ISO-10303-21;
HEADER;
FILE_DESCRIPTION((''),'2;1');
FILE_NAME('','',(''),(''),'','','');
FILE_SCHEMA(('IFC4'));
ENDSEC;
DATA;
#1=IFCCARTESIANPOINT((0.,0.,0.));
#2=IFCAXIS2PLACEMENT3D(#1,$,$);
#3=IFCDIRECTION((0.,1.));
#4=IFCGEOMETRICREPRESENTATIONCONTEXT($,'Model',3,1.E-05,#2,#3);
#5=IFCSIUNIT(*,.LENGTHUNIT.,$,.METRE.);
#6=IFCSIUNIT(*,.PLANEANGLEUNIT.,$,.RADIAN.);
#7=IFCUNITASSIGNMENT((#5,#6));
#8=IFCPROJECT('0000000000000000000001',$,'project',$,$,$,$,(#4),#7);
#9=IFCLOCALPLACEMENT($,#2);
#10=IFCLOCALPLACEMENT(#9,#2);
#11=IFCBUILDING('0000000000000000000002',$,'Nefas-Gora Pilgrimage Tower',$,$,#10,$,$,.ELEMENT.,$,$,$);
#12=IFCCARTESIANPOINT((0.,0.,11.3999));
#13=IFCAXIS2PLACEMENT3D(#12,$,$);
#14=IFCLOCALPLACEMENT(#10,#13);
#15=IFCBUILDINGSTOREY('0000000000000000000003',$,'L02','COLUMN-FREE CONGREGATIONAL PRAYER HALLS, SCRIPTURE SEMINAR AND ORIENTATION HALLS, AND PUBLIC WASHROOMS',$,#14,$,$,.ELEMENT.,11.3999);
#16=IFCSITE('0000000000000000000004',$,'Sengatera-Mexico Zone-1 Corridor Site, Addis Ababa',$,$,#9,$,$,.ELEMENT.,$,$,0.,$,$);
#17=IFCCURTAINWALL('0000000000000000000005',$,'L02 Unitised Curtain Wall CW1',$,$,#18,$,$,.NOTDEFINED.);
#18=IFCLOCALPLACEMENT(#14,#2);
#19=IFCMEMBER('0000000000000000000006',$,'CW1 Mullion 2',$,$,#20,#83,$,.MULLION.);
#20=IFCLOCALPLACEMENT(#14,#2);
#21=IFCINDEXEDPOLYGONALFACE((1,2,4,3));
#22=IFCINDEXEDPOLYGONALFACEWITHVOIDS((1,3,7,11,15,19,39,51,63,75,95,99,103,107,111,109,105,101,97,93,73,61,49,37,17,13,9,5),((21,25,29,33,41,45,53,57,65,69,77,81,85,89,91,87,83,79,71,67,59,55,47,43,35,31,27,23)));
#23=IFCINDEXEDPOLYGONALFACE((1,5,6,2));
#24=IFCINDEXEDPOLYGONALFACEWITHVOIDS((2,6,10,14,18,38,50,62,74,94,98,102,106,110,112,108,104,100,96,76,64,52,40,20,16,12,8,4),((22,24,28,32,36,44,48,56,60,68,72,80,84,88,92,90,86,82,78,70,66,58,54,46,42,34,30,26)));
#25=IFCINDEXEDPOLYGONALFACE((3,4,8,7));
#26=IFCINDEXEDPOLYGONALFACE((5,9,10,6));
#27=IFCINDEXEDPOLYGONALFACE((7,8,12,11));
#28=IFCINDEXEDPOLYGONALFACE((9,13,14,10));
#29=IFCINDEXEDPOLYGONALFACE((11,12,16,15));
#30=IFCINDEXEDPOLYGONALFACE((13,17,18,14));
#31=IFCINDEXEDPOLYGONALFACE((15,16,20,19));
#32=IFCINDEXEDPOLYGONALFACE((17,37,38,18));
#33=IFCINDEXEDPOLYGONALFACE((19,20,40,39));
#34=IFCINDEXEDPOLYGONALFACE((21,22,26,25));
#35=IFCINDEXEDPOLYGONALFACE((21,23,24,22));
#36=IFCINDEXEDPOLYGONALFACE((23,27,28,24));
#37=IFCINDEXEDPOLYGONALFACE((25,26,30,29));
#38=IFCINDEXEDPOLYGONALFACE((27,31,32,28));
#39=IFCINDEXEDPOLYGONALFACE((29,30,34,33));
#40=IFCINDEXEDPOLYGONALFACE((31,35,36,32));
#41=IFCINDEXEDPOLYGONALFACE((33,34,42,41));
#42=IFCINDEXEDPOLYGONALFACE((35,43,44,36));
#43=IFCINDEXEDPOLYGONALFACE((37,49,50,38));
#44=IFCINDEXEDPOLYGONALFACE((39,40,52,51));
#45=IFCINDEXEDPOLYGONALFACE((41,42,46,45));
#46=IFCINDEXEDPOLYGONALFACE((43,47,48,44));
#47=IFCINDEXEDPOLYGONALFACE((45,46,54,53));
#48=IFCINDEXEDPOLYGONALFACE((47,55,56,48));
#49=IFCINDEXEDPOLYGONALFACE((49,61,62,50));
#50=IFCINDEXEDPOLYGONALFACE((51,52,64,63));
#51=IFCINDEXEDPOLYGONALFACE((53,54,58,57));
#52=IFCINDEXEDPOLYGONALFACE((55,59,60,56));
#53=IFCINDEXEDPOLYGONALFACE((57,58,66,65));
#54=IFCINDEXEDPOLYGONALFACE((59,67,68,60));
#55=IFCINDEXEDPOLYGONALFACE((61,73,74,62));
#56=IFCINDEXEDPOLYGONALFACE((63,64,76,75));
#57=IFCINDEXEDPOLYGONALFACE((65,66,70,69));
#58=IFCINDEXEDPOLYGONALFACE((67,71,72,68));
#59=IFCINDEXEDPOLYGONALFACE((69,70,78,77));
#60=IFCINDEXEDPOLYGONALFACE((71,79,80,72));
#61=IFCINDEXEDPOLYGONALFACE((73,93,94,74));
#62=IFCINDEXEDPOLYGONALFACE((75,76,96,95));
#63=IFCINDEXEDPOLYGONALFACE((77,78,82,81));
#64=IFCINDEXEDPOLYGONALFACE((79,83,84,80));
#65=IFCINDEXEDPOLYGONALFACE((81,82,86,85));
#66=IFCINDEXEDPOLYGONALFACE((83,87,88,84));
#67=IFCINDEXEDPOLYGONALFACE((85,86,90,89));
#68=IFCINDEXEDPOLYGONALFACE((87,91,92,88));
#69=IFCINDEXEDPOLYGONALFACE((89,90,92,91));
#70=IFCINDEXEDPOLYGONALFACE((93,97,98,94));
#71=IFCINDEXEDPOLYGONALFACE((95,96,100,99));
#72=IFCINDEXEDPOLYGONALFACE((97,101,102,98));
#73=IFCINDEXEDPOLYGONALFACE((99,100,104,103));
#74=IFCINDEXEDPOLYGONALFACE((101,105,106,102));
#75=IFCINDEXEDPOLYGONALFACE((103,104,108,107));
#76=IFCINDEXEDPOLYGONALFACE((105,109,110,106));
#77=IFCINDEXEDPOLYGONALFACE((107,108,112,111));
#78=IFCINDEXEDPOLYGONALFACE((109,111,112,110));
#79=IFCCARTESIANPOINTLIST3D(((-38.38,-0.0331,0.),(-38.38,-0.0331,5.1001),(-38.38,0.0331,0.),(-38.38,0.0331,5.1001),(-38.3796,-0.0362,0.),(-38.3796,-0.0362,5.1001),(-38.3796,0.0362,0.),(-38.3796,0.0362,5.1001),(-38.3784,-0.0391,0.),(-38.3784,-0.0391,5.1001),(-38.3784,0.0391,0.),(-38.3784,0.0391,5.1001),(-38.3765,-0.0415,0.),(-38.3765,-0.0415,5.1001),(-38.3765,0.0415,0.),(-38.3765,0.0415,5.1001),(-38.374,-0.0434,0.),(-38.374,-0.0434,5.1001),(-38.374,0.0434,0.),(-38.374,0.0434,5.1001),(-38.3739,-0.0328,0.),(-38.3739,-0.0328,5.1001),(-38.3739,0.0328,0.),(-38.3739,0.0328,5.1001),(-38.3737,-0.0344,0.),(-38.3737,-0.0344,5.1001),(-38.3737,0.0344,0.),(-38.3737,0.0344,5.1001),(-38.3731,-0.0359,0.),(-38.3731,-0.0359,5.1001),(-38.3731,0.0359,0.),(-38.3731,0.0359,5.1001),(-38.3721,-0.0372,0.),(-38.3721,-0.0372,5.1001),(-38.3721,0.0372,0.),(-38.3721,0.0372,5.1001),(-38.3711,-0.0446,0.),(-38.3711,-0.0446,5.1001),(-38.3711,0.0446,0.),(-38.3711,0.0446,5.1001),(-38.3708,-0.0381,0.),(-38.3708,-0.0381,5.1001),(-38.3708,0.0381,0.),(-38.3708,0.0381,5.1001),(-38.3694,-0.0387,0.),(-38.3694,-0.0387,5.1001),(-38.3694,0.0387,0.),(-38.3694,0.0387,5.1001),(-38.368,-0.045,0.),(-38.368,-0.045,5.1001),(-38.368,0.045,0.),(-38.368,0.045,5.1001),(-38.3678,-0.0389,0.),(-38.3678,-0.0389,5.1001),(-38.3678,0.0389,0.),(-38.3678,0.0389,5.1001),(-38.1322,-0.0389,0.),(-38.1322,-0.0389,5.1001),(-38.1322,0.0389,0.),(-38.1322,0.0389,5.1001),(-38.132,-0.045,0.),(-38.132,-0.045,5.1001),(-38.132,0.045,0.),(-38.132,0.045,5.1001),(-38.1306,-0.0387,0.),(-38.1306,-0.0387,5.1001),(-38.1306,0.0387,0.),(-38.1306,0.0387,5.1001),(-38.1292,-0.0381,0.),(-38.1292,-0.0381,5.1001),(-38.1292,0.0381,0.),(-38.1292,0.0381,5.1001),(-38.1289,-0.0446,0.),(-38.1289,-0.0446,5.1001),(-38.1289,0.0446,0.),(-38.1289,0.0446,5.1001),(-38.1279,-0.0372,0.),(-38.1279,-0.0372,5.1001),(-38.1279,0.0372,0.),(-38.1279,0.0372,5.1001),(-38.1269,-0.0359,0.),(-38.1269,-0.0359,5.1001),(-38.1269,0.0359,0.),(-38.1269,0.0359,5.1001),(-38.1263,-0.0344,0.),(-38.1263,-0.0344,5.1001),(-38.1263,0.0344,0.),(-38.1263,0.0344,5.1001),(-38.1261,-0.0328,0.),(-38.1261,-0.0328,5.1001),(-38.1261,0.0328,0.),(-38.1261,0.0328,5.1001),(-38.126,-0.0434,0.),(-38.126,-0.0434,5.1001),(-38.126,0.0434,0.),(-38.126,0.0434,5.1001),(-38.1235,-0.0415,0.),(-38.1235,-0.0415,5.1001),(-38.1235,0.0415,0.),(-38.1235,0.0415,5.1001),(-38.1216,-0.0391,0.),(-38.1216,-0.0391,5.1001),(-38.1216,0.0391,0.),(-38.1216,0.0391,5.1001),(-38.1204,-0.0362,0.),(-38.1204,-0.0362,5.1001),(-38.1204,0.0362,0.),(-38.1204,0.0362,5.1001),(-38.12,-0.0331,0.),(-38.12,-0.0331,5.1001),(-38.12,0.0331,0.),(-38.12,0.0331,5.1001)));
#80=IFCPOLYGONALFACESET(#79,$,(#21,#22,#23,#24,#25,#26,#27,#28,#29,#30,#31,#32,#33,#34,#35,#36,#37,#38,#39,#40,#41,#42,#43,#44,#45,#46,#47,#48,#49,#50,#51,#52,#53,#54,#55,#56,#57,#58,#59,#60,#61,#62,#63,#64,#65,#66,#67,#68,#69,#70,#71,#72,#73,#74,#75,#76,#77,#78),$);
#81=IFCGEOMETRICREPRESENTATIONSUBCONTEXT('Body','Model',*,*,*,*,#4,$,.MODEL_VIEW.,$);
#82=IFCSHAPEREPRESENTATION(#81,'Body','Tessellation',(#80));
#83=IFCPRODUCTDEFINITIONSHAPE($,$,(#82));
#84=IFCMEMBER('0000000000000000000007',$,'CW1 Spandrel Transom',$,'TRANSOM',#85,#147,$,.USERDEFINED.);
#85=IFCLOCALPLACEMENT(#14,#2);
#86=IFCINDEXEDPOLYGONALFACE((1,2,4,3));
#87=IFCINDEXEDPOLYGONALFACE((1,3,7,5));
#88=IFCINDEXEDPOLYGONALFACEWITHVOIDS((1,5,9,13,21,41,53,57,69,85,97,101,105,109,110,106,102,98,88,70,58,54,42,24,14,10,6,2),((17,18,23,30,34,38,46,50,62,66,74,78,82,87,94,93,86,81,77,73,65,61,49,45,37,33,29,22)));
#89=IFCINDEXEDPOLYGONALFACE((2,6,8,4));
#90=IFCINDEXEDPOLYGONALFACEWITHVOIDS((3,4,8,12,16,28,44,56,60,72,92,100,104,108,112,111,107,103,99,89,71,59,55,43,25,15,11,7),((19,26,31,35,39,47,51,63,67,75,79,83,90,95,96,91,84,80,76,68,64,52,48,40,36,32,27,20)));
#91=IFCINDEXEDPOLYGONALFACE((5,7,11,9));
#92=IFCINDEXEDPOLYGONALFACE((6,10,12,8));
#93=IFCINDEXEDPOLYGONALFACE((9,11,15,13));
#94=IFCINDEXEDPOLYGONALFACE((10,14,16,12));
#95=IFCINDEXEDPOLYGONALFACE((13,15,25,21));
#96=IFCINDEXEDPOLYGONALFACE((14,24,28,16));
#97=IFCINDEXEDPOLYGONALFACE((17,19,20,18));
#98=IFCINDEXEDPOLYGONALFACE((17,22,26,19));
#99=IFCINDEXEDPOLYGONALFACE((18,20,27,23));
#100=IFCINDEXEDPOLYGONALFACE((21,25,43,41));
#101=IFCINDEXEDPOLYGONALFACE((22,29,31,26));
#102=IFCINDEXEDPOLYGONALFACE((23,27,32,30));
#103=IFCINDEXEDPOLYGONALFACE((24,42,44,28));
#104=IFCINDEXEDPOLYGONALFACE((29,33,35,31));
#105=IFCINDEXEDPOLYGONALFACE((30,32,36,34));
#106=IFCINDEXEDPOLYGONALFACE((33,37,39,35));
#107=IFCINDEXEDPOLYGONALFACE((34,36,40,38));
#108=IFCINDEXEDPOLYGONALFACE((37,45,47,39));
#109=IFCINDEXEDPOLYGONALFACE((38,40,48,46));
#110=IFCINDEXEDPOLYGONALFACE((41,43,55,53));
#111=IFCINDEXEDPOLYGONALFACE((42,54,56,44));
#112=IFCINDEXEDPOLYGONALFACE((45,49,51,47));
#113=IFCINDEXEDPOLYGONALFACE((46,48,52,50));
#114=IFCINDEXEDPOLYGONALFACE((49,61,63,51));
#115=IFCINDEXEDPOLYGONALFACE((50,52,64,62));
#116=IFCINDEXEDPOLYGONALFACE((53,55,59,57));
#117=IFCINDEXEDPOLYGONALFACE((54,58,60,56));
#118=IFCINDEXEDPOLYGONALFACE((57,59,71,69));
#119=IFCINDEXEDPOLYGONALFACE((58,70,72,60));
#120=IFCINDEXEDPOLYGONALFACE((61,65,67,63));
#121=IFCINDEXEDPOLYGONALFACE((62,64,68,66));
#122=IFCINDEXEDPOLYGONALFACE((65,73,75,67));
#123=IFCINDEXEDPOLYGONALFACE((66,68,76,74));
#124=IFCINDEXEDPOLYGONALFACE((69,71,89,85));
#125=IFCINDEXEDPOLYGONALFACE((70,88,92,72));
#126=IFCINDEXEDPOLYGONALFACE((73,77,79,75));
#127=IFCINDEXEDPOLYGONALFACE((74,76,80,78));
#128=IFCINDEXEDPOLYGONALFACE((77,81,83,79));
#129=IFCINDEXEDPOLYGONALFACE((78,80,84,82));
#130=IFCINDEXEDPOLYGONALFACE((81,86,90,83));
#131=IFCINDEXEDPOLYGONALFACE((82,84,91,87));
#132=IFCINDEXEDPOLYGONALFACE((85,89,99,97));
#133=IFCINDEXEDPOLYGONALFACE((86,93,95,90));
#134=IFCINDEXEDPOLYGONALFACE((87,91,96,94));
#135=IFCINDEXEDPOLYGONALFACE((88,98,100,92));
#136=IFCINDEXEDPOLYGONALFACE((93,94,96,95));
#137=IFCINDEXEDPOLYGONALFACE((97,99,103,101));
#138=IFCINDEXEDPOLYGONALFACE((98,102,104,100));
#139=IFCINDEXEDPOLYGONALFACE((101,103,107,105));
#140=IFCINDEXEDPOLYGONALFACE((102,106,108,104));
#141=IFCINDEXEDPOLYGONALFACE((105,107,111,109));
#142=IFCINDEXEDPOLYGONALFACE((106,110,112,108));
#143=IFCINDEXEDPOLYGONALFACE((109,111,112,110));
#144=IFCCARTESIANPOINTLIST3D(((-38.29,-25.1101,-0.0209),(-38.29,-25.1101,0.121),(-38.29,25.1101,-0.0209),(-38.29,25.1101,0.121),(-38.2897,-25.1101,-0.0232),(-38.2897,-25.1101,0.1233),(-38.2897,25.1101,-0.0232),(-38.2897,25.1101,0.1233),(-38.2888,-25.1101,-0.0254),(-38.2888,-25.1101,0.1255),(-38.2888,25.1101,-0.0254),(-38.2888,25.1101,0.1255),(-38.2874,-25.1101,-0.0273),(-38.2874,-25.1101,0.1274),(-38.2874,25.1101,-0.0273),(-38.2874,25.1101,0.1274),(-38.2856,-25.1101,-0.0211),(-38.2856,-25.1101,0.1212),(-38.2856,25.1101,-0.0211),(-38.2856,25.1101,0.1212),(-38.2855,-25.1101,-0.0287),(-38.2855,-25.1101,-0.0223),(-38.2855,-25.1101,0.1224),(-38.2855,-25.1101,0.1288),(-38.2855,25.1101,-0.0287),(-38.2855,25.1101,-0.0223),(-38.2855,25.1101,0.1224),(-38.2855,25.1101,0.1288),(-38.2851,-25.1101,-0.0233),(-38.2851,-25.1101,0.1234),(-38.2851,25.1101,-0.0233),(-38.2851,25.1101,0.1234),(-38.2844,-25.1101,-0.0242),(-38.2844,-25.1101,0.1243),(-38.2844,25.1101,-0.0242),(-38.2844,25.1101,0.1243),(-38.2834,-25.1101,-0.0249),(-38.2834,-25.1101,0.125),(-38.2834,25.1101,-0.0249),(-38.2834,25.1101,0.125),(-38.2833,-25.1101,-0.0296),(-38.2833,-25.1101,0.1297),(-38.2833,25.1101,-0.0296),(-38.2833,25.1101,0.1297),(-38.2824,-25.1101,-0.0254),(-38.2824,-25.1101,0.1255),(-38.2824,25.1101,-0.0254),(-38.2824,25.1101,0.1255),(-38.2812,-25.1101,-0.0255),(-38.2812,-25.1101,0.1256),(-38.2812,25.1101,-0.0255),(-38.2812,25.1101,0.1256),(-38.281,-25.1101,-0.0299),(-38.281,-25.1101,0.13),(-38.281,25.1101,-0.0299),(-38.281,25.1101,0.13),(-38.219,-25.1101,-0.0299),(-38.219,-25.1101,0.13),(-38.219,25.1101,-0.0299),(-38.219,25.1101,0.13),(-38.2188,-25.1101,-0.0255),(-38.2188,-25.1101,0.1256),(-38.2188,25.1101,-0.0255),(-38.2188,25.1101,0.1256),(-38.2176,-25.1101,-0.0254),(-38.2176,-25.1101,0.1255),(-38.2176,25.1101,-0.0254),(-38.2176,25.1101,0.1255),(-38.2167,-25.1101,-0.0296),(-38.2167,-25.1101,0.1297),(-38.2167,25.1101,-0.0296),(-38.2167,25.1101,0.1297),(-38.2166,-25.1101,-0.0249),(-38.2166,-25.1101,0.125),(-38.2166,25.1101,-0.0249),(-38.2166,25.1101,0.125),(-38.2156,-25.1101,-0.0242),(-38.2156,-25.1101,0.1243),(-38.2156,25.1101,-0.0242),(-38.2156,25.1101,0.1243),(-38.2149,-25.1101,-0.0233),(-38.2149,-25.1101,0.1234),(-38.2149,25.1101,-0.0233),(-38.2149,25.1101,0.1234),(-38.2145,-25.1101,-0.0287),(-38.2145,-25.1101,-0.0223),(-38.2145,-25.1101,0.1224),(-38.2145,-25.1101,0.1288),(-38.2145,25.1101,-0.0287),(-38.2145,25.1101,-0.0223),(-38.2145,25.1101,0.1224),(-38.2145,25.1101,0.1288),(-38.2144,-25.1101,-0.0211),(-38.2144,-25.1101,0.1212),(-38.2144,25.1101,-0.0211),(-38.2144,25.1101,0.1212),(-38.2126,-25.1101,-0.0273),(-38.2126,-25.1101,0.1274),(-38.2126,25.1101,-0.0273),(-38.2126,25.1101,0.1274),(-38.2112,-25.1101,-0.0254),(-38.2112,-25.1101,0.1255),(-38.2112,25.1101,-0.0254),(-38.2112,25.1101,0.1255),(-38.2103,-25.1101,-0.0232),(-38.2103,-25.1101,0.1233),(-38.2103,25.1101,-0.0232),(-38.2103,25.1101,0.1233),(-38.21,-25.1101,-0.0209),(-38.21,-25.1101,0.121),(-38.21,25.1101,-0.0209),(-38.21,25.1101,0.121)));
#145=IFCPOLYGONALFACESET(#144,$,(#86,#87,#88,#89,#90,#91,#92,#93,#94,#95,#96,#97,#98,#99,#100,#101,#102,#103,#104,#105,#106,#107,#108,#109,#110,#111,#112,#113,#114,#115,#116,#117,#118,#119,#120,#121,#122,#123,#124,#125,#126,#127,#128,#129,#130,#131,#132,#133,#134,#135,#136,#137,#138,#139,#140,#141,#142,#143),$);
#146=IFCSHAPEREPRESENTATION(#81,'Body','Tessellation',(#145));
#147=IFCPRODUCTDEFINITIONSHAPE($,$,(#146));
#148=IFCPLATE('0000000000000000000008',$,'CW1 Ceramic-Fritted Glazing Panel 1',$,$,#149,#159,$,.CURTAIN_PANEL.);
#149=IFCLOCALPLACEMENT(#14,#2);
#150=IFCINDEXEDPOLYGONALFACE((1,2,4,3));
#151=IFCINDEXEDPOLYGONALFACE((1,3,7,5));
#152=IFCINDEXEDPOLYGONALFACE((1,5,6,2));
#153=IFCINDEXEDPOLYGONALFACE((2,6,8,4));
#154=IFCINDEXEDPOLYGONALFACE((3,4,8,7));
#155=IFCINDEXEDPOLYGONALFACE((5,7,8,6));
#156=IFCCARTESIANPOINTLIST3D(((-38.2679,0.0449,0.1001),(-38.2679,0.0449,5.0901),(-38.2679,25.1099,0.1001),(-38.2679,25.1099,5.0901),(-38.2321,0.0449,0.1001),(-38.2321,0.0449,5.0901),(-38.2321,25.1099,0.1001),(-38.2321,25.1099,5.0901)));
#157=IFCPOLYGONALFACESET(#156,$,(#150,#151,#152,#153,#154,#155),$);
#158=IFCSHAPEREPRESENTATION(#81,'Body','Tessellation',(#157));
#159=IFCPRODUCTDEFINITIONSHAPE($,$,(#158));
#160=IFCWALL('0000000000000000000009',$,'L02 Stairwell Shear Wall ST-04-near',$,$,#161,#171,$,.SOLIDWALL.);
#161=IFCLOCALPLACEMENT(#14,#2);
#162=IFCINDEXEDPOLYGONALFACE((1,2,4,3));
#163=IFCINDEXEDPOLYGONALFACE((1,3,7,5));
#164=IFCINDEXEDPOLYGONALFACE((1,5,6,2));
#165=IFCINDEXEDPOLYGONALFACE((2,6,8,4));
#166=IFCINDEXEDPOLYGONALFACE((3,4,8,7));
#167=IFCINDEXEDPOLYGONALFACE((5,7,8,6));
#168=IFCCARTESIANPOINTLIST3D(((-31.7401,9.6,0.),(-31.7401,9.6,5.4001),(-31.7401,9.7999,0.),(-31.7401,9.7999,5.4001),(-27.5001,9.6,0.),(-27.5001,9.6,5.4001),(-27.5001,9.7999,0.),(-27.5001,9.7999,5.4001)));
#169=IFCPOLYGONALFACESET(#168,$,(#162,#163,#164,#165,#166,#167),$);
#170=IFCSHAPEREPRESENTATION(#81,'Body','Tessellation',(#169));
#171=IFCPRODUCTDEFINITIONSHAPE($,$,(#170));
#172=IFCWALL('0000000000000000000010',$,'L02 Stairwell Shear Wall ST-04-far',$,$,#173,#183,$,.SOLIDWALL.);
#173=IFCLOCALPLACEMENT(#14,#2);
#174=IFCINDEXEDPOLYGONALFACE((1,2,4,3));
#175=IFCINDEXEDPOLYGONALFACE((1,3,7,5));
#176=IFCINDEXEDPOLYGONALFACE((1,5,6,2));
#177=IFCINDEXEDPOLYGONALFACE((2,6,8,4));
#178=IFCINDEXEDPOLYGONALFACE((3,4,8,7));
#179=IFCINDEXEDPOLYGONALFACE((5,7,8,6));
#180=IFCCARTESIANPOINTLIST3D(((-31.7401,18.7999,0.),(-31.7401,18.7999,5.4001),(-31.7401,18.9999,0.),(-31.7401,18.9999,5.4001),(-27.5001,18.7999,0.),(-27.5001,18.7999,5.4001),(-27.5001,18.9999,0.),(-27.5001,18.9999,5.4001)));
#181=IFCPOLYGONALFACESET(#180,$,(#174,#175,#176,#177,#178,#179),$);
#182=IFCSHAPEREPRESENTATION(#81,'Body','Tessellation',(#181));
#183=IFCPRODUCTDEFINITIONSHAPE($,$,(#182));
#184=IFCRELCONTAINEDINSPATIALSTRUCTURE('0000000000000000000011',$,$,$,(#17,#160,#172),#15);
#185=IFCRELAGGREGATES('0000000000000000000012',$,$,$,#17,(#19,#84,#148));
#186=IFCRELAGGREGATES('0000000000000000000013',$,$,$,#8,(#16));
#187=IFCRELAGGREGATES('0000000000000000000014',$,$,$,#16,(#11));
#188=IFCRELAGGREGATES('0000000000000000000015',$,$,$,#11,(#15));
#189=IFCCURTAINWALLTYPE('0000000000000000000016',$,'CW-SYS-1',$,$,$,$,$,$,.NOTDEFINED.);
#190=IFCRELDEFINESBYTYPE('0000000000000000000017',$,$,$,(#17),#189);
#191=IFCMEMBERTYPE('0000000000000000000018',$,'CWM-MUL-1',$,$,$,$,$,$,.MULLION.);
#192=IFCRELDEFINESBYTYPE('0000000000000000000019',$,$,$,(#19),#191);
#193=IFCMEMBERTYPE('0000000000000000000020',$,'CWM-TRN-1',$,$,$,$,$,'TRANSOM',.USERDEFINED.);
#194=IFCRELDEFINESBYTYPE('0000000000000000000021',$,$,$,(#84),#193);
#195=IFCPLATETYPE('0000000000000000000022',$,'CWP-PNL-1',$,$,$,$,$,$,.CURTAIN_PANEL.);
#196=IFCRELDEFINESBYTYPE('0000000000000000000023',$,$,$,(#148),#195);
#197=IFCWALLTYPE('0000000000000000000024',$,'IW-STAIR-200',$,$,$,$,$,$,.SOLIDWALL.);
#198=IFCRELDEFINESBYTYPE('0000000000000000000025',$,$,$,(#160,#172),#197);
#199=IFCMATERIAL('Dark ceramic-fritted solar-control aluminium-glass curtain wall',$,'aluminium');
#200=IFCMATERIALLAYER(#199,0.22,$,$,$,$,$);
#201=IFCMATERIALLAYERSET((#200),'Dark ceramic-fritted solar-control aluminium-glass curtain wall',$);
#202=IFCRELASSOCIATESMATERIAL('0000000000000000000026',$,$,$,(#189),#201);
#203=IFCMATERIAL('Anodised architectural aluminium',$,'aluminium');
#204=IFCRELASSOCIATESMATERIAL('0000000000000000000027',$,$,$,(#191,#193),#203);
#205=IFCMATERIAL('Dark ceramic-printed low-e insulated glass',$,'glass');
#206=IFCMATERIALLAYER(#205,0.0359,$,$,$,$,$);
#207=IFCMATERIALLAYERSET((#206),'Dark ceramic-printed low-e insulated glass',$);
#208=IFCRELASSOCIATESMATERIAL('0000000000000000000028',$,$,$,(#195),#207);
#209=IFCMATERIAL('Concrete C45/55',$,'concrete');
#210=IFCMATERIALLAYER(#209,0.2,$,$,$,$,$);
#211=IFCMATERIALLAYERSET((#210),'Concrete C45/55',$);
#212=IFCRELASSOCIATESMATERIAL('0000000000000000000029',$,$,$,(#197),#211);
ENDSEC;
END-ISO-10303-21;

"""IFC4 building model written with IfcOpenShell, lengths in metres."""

from ifc_helpers import new_model, si_unit, direction, frame, frame_2d, origin, origin_2d, place, context, subcontext, project, spatial, rectangle, hollow_rectangle, extrude, source, transform, mapped, material, layer, layer_set, material_profile, profile_set, type_object, element, aggregate, save


model = new_model("IFC4")

# Units and contexts
model_context = context("Model", 3, precision=1e-05, world=origin(), true_north=direction((0.0, 1.0)))
body_context = subcontext(model_context, "Body", "Model", "MODEL_VIEW")
ifc_project = project(units=[si_unit("LENGTHUNIT", "METRE"), si_unit("PLANEANGLEUNIT", "RADIAN")], contexts=[model_context])

# Site, building, storey
site_placement = place(None, origin())
site = spatial("IfcSite", under=ifc_project, at=site_placement, Name="Sengatera-Mexico Zone-1 Corridor Site, Addis Ababa", CompositionType="ELEMENT", RefElevation=0.0)
building_placement = place(site_placement, origin())
building = spatial("IfcBuilding", under=site, at=building_placement, Name="Nefas-Gora Pilgrimage Tower", CompositionType="ELEMENT")
storey_placement = place(building_placement, frame((0.0, 0.0, 11.3999)))
storey = spatial("IfcBuildingStorey", under=building, at=storey_placement, Name="L02", Description="COLUMN-FREE CONGREGATIONAL PRAYER HALLS, SCRIPTURE SEMINAR AND ORIENTATION HALLS, AND PUBLIC WASHROOMS", CompositionType="ELEMENT", Elevation=11.3999)

# Shared definitions
ifc_material_1 = material(Name="Dark ceramic-fritted solar-control aluminium-glass curtain wall", Category="aluminium")
ifc_layer_1 = layer(ifc_material_1, 0.22)
ifc_layer_set_1 = layer_set([ifc_layer_1], Name="Dark ceramic-fritted solar-control aluminium-glass curtain wall")
curtain_wall_type = type_object("IfcCurtainWallType", Name="CW-SYS-1", PredefinedType="NOTDEFINED", material=ifc_layer_set_1)
ifc_material_2 = material(Name="Anodised architectural aluminium", Category="aluminium")
ifc_material_profile_1 = material_profile(ifc_material_2, hollow_rectangle(XDim=0.0901, YDim=0.26, WallThickness=0.0061, InnerFilletRadius=0.0061, OuterFilletRadius=0.012, at=origin_2d()), Name="ALU MULLION 90x260")
ifc_profile_set_1 = profile_set([ifc_material_profile_1], Name="Anodised architectural aluminium")
member_type_1 = type_object("IfcMemberType", Name="CWM-MUL-1", PredefinedType="MULLION", material=ifc_profile_set_1)
shared_shape_1 = source(origin(), body_context, "Body", "SweptSolid", [
    extrude(hollow_rectangle(XDim=0.0901, YDim=0.26, WallThickness=0.0061, InnerFilletRadius=0.0061, OuterFilletRadius=0.012, at=origin_2d()), origin(), (0.0, 0.0, 1.0), 5.1001),
])

# Curtain wall, members, plate
curtain_wall_1_placement = place(storey_placement, origin())
curtain_wall_1 = element("IfcCurtainWall", 1, at=curtain_wall_1_placement, inside=storey, type_object=curtain_wall_type, Name="L02 Unitised Curtain Wall CW1", PredefinedType="NOTDEFINED")
member_1_placement = place(storey_placement, frame((-38.25, 0.0, 0.0), z_axis=(0.0, 0.0, 1.0), x_axis=(0.0, -1.0, 0.0)))
member_1 = element("IfcMember", 2, at=member_1_placement, type_object=member_type_1, Name="CW1 Mullion 2", PredefinedType="MULLION", context=body_context, shape_type="MappedRepresentation", body=[
    mapped(shared_shape_1, transform((0.0, 0.0, 0.0), x_axis=(1.0, 0.0, 0.0), y_axis=(0.0, 1.0, 0.0), z_axis=(0.0, 0.0, 1.0), scale=1.0)),
])
ifc_material_profile_2 = material_profile(ifc_material_2, hollow_rectangle(XDim=0.0801, YDim=0.1599, WallThickness=0.0044, InnerFilletRadius=0.0044, OuterFilletRadius=0.009, at=origin_2d()), Name="ALU TRANSOM 80x160")
ifc_profile_set_2 = profile_set([ifc_material_profile_2], Name="Anodised architectural aluminium")
member_type_2 = type_object("IfcMemberType", Name="CWM-TRN-1", ElementType="TRANSOM", PredefinedType="USERDEFINED", material=ifc_profile_set_2)
shared_shape_2 = source(origin(), body_context, "Body", "SweptSolid", [
    extrude(hollow_rectangle(XDim=0.0801, YDim=0.1599, WallThickness=0.0044, InnerFilletRadius=0.0044, OuterFilletRadius=0.009, at=origin_2d()), origin(), (0.0, 0.0, 1.0), 50.2202),
])
member_2_placement = place(storey_placement, frame((-38.25, 25.1101, 0.05), z_axis=(0.0, -1.0, 0.0), x_axis=(1.0, 0.0, 0.0)))
member_2 = element("IfcMember", 3, at=member_2_placement, type_object=member_type_2, Name="CW1 Spandrel Transom", ObjectType="TRANSOM", PredefinedType="USERDEFINED", context=body_context, shape_type="MappedRepresentation", body=[
    mapped(shared_shape_2, transform((0.0, 0.0, 0.0), x_axis=(1.0, 0.0, 0.0), y_axis=(0.0, 1.0, 0.0), z_axis=(0.0, 0.0, 1.0), scale=1.0)),
])
ifc_material_3 = material(Name="Dark ceramic-printed low-e insulated glass", Category="glass")
ifc_layer_2 = layer(ifc_material_3, 0.0359)
ifc_layer_set_2 = layer_set([ifc_layer_2], Name="Dark ceramic-printed low-e insulated glass")
plate_type = type_object("IfcPlateType", Name="CWP-PNL-1", PredefinedType="CURTAIN_PANEL", material=ifc_layer_set_2)
shared_shape_3 = source(origin(), body_context, "Body", "SweptSolid", [
    extrude(rectangle(XDim=25.0649, YDim=0.0359, at=origin_2d()), origin(), (0.0, 0.0, 1.0), 4.99),
])
plate_placement = place(storey_placement, frame((-38.25, 12.5774, 0.1001), z_axis=(0.0, 0.0, 1.0), x_axis=(0.0, -1.0, 0.0)))
plate = element("IfcPlate", 4, at=plate_placement, type_object=plate_type, Name="CW1 Ceramic-Fritted Glazing Panel 1", PredefinedType="CURTAIN_PANEL", context=body_context, shape_type="MappedRepresentation", body=[
    mapped(shared_shape_3, transform((0.0, 0.0, 0.0), x_axis=(1.0, 0.0, 0.0), y_axis=(0.0, 1.0, 0.0), z_axis=(0.0, 0.0, 1.0), scale=1.0)),
])
aggregate(curtain_wall_1, [member_1, member_2, plate])

# Walls
ifc_material_4 = material(Name="Concrete C45/55", Category="concrete")
ifc_layer_3 = layer(ifc_material_4, 0.2)
ifc_layer_set_3 = layer_set([ifc_layer_3], Name="Concrete C45/55")
wall_type_1 = type_object("IfcWallType", Name="IW-STAIR-200", PredefinedType="SOLIDWALL", material=ifc_layer_set_3)
shared_shape_4 = source(origin(), body_context, "Body", "SweptSolid", [
    extrude(rectangle(XDim=4.24, YDim=0.2, at=frame_2d((2.1201, 0.0))), origin(), (0.0, 0.0, 1.0), 5.4001),
])
for number, where, z_axis, x_axis, name in (
    (5, (-27.5, 9.7, 0.0), (0.0, 0.0, 1.0), (-1.0, 0.0, 0.0), "L02 Stairwell Shear Wall ST-04-near"),
    (6, (-27.5, 18.8999, 0.0), (0.0, 0.0, 1.0), (-1.0, 0.0, 0.0), "L02 Stairwell Shear Wall ST-04-far"),
):
    element("IfcWall", number, at=place(storey_placement, frame(where, z_axis=z_axis, x_axis=x_axis)), inside=storey, type_object=wall_type_1, Name=name, PredefinedType="SOLIDWALL", context=body_context, shape_type="MappedRepresentation", body=[
        mapped(shared_shape_4, transform((0.0, 0.0, 0.0), x_axis=(1.0, 0.0, 0.0), y_axis=(0.0, 1.0, 0.0), z_axis=(0.0, 0.0, 1.0), scale=1.0)),
    ])

save(model, "model.ifc")
